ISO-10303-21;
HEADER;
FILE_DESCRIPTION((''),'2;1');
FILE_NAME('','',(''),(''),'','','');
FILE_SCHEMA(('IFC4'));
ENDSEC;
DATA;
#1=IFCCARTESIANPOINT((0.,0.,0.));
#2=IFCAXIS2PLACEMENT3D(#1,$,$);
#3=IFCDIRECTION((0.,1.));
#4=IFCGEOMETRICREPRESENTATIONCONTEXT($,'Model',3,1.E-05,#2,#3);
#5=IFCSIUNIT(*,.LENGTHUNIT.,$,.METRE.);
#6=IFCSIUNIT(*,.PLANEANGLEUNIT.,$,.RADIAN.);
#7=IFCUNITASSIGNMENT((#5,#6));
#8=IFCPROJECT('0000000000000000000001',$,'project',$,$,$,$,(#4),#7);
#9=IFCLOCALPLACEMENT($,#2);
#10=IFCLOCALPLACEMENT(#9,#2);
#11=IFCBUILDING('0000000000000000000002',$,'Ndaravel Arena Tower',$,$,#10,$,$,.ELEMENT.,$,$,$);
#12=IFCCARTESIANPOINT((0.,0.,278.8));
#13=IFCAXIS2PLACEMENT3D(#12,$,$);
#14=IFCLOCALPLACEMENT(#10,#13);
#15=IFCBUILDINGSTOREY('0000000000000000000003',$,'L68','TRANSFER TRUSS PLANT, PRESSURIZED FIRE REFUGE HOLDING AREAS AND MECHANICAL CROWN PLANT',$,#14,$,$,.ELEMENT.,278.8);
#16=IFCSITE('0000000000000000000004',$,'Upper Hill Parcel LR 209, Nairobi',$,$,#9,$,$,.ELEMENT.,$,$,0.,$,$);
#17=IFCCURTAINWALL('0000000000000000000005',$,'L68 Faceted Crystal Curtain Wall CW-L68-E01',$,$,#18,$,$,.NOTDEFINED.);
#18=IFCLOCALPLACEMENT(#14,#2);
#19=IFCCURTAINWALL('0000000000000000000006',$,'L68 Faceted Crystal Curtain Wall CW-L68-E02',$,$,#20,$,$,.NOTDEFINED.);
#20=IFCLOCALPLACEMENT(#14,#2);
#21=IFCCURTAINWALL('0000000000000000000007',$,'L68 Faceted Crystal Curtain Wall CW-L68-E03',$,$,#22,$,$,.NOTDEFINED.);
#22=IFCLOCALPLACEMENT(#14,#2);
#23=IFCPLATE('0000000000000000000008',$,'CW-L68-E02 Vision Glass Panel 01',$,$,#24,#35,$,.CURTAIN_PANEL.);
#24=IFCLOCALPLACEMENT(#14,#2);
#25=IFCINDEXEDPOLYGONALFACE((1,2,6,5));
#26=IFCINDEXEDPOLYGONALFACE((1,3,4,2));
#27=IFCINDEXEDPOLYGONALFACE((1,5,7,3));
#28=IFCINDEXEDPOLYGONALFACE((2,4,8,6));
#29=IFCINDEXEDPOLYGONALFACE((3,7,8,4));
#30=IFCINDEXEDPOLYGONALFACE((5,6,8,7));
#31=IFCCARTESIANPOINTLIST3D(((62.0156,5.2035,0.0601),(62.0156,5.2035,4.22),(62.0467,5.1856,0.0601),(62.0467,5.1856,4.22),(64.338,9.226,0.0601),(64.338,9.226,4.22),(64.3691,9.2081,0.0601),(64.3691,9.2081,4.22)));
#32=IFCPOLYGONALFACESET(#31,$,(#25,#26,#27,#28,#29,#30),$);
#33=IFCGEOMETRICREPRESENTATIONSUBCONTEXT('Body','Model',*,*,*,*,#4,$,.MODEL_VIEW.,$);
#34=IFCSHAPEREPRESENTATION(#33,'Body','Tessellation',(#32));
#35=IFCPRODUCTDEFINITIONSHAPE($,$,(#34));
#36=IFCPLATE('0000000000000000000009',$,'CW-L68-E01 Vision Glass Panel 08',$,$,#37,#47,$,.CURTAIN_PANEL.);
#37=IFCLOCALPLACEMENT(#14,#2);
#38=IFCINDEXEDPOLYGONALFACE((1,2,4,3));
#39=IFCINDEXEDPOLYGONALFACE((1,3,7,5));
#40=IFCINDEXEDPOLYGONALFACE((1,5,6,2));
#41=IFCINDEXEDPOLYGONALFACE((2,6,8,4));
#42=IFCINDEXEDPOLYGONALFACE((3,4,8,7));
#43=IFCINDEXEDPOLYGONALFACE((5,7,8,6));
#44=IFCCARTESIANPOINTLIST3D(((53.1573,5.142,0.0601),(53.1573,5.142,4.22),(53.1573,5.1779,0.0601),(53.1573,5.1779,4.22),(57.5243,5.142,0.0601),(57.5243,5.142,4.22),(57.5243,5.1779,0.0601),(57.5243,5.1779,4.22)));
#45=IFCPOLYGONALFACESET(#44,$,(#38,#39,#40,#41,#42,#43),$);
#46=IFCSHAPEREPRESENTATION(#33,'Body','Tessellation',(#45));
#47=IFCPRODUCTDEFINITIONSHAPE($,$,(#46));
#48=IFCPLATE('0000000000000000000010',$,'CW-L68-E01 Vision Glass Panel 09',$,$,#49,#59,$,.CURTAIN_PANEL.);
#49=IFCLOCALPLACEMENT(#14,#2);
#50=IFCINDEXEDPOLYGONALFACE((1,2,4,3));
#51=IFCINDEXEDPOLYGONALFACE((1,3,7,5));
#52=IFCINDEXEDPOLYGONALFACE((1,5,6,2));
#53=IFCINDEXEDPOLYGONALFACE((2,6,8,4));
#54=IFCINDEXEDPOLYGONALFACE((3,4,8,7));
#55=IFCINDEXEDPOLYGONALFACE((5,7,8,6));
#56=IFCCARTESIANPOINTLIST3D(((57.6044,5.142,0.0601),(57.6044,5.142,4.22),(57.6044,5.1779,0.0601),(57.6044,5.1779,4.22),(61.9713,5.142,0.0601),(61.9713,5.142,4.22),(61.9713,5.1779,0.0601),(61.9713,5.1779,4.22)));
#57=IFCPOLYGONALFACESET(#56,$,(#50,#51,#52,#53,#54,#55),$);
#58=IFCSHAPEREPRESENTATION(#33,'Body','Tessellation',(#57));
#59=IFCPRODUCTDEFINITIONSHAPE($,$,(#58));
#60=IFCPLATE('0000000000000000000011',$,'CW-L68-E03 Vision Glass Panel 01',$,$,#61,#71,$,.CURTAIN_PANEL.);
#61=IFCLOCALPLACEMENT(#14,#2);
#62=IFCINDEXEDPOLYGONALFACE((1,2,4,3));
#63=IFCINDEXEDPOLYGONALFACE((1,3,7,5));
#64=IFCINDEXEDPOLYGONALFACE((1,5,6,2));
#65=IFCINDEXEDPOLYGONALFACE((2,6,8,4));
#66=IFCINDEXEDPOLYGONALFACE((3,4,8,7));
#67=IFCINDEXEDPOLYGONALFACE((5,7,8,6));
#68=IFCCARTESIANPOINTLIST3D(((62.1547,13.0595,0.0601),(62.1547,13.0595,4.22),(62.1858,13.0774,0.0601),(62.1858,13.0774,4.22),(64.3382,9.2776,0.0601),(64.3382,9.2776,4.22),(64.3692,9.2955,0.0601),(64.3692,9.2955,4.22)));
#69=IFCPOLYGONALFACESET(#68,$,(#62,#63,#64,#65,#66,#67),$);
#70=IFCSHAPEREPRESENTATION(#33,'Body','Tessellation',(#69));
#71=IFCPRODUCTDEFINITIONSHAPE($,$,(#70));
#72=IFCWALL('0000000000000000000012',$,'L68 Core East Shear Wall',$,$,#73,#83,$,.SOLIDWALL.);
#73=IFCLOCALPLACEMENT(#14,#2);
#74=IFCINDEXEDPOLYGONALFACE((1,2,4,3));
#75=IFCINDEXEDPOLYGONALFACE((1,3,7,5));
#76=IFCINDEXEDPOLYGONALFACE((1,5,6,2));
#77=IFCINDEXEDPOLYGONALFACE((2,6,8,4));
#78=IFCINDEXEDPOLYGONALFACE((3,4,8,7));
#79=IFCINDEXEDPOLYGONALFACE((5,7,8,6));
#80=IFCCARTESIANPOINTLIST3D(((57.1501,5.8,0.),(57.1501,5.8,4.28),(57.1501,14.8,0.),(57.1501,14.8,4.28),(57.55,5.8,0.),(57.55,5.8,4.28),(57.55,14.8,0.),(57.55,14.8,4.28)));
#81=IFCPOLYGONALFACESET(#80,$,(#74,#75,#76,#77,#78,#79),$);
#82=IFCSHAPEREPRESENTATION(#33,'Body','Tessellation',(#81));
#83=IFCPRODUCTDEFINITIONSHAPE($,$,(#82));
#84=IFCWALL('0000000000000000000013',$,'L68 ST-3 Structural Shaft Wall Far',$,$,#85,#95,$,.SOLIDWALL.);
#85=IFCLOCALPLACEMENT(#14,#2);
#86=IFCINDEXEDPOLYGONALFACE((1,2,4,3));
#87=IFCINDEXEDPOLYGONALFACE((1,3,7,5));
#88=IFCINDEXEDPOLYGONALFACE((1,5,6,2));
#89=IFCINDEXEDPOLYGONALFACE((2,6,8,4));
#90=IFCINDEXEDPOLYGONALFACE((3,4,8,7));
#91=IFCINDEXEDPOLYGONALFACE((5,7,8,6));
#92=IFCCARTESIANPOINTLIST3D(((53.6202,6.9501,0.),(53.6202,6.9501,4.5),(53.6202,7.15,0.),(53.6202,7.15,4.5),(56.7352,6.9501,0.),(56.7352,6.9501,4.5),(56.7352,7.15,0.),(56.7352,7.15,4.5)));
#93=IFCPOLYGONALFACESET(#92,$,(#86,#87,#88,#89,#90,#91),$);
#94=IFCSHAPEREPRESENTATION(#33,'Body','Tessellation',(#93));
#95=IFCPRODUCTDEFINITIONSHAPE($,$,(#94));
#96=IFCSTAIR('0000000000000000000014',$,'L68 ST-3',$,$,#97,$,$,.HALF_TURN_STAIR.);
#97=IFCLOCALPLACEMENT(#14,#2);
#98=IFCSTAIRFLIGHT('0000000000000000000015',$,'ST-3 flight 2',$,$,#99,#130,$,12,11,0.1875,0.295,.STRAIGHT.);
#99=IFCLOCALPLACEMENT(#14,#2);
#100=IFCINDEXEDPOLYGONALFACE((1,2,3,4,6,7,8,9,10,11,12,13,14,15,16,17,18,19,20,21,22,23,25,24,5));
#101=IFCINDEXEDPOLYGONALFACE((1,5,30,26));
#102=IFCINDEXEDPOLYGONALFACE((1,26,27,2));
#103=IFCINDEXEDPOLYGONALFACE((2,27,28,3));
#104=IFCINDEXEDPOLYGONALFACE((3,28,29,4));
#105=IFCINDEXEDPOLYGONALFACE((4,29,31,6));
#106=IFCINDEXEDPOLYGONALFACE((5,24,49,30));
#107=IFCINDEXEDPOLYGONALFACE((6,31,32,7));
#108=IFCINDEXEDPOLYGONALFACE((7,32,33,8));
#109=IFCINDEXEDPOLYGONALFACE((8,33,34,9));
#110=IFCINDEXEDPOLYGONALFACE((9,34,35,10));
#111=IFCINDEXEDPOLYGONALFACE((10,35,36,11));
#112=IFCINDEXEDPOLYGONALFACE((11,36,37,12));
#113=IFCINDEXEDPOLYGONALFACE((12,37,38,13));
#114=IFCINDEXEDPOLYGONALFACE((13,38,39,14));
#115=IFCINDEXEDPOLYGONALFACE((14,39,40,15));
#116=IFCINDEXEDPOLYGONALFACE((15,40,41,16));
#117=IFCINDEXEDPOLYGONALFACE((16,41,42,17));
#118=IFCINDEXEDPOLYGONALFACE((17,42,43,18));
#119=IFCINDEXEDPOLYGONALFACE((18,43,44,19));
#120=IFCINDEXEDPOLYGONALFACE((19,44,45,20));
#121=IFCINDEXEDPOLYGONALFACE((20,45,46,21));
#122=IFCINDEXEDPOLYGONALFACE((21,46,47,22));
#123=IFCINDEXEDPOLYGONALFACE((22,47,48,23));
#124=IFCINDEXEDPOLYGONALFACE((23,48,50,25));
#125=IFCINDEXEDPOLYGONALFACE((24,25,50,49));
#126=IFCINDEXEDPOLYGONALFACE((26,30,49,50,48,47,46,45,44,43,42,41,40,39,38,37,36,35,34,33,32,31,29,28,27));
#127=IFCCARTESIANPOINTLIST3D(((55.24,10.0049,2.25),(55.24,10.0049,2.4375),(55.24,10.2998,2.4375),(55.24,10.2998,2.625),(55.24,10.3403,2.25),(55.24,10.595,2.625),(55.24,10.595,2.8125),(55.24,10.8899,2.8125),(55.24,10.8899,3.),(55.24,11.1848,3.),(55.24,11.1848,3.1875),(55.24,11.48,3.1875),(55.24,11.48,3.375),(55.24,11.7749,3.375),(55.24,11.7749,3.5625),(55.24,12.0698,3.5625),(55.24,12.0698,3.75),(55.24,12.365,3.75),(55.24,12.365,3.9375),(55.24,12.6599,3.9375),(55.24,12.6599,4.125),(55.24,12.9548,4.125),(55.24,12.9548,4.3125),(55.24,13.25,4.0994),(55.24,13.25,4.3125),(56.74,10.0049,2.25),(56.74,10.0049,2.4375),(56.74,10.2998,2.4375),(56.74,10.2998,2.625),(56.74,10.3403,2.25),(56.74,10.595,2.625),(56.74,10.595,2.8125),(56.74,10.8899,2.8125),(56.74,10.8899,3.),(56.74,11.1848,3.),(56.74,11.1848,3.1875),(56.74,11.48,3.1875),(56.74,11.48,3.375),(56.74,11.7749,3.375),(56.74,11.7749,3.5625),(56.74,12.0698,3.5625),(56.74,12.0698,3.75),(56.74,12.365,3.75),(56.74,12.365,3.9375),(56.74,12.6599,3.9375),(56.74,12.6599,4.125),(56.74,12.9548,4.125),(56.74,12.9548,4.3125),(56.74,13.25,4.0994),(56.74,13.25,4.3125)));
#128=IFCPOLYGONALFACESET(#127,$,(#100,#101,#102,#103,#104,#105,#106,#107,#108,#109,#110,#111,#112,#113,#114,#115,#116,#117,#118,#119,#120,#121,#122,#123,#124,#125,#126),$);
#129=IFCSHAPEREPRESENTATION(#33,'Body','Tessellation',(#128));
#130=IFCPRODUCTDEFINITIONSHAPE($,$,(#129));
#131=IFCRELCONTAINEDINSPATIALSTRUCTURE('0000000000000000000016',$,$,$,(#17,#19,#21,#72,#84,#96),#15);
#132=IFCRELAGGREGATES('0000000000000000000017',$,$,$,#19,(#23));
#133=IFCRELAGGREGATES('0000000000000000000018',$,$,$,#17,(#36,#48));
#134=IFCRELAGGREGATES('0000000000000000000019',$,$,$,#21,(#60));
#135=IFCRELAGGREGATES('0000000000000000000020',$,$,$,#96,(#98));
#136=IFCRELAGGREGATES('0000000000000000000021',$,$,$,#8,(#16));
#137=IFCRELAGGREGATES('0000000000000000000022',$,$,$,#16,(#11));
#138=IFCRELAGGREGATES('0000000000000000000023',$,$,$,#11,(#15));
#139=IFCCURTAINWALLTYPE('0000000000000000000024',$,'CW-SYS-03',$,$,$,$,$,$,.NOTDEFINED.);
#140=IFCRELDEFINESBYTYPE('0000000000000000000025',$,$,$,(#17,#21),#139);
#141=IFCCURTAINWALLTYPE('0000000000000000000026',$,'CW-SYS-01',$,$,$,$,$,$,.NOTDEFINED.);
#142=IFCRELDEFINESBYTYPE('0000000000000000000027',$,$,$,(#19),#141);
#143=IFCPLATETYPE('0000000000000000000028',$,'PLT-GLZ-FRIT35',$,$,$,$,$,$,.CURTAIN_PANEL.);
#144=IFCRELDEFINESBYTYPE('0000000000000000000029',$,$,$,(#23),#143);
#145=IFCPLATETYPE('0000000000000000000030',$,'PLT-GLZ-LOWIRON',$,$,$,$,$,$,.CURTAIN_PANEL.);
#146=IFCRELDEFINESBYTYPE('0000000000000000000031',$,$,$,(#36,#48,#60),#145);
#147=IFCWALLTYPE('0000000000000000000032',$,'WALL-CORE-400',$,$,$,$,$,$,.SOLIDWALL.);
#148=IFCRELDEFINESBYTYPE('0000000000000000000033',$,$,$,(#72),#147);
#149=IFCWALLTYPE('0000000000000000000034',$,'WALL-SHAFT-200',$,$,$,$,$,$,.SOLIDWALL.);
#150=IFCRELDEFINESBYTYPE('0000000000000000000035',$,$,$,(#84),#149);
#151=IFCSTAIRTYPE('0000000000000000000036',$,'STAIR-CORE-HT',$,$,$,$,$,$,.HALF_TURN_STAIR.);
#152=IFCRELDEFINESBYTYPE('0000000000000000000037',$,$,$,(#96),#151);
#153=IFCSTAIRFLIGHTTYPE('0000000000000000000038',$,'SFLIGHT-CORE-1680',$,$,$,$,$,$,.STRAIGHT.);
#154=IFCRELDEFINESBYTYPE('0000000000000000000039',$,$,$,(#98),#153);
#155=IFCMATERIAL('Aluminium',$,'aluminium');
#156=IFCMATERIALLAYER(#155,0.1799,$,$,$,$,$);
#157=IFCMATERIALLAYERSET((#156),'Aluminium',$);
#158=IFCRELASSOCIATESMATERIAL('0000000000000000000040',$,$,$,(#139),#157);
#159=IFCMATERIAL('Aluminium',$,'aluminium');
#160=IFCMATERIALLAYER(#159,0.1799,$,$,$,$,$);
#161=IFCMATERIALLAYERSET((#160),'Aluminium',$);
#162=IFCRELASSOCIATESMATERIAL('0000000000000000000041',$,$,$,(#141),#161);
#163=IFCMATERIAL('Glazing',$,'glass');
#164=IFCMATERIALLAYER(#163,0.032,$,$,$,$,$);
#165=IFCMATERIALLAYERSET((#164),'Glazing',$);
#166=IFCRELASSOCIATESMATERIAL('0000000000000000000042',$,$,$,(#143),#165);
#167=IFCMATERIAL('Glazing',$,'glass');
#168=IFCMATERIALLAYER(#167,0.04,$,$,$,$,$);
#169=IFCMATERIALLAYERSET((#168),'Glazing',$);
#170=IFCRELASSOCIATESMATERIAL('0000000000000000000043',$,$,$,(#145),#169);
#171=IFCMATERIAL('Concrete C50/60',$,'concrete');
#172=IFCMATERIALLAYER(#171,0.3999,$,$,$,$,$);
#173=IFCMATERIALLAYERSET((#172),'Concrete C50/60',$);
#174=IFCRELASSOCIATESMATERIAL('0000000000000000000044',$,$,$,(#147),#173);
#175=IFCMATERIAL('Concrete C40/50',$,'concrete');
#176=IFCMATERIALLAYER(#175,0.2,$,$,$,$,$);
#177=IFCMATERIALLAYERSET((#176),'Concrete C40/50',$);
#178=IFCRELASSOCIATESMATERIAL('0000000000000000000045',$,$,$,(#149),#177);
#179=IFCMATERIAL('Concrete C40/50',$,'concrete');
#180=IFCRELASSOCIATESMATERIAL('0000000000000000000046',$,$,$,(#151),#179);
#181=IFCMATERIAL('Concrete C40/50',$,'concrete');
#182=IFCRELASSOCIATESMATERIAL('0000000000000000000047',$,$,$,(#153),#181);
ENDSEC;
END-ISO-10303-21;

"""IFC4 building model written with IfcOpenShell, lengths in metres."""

from ifc_helpers import new_model, si_unit, direction, frame, frame_2d, origin, origin_2d, place, context, subcontext, project, spatial, polyline, rectangle, outline, extrude, material, layer, layer_set, type_object, element, aggregate, save


model = new_model("IFC4")

# Units and contexts
model_context = context("Model", 3, precision=1e-05, world=origin(), true_north=direction((0.0, 1.0)))
body_context = subcontext(model_context, "Body", "Model", "MODEL_VIEW")
ifc_project = project(units=[si_unit("LENGTHUNIT", "METRE"), si_unit("PLANEANGLEUNIT", "RADIAN")], contexts=[model_context])

# Site, building, storey
site_placement = place(None, origin())
site = spatial("IfcSite", under=ifc_project, at=site_placement, Name="Upper Hill Parcel LR 209, Nairobi", CompositionType="ELEMENT", RefElevation=0.0)
building_placement = place(site_placement, origin())
building = spatial("IfcBuilding", under=site, at=building_placement, Name="Ndaravel Arena Tower", CompositionType="ELEMENT")
storey_placement = place(building_placement, frame((0.0, 0.0, 278.8)))
storey = spatial("IfcBuildingStorey", under=building, at=storey_placement, Name="L68", Description="TRANSFER TRUSS PLANT, PRESSURIZED FIRE REFUGE HOLDING AREAS AND MECHANICAL CROWN PLANT", CompositionType="ELEMENT", Elevation=278.8)

# Curtain wall
ifc_material_1 = material(Name="Aluminium", Category="aluminium")
ifc_layer_1 = layer(ifc_material_1, 0.1799)
ifc_layer_set_1 = layer_set([ifc_layer_1], Name="Aluminium")
curtain_wall_type_1 = type_object("IfcCurtainWallType", Name="CW-SYS-03", PredefinedType="NOTDEFINED", material=ifc_layer_set_1)
curtain_wall_1_placement = place(storey_placement, origin())
curtain_wall_1 = element("IfcCurtainWall", 1, at=curtain_wall_1_placement, inside=storey, type_object=curtain_wall_type_1, Name="L68 Faceted Crystal Curtain Wall CW-L68-E01", PredefinedType="NOTDEFINED")

# Curtain walls
ifc_material_2 = material(Name="Aluminium", Category="aluminium")
ifc_layer_2 = layer(ifc_material_2, 0.1799)
ifc_layer_set_2 = layer_set([ifc_layer_2], Name="Aluminium")
curtain_wall_type_2 = type_object("IfcCurtainWallType", Name="CW-SYS-01", PredefinedType="NOTDEFINED", material=ifc_layer_set_2)
curtain_wall_2_placement = place(storey_placement, origin())
curtain_wall_2 = element("IfcCurtainWall", 2, at=curtain_wall_2_placement, inside=storey, type_object=curtain_wall_type_2, Name="L68 Faceted Crystal Curtain Wall CW-L68-E02", PredefinedType="NOTDEFINED")
curtain_wall_3_placement = place(storey_placement, origin())
curtain_wall_3 = element("IfcCurtainWall", 3, at=curtain_wall_3_placement, inside=storey, type_object=curtain_wall_type_1, Name="L68 Faceted Crystal Curtain Wall CW-L68-E03", PredefinedType="NOTDEFINED")

# Plates
ifc_material_3 = material(Name="Glazing", Category="glass")
ifc_layer_3 = layer(ifc_material_3, 0.032)
ifc_layer_set_3 = layer_set([ifc_layer_3], Name="Glazing")
plate_type_1 = type_object("IfcPlateType", Name="PLT-GLZ-FRIT35", PredefinedType="CURTAIN_PANEL", material=ifc_layer_set_3)
plate_1_placement = place(storey_placement, frame((63.1924, 7.2058, 0.0601), z_axis=(0.0, 0.0, 1.0), x_axis=(0.5, 0.866025, 0.0)))
plate_1 = element("IfcPlate", 4, at=plate_1_placement, type_object=plate_type_1, Name="CW-L68-E02 Vision Glass Panel 01", PredefinedType="CURTAIN_PANEL", context=body_context, shape_type="SweptSolid", body=[
    extrude(rectangle(XDim=4.6448, YDim=0.0359, at=origin_2d()), origin(), (0.0, 0.0, 1.0), 4.1599),
])
aggregate(curtain_wall_2, [plate_1])
ifc_material_4 = material(Name="Glazing", Category="glass")
ifc_layer_4 = layer(ifc_material_4, 0.04)
ifc_layer_set_4 = layer_set([ifc_layer_4], Name="Glazing")
plate_type_2 = type_object("IfcPlateType", Name="PLT-GLZ-LOWIRON", PredefinedType="CURTAIN_PANEL", material=ifc_layer_set_4)
plate_2_placement = place(storey_placement, frame((55.3408, 5.1599, 0.0601), z_axis=(0.0, 0.0, 1.0), x_axis=(1.0, 0.0, 0.0)))
plate_2 = element("IfcPlate", 5, at=plate_2_placement, type_object=plate_type_2, Name="CW-L68-E01 Vision Glass Panel 08", PredefinedType="CURTAIN_PANEL", context=body_context, shape_type="SweptSolid", body=[
    extrude(rectangle(XDim=4.3669, YDim=0.0359, at=origin_2d()), origin(), (0.0, 0.0, 1.0), 4.1599),
])
plate_3_placement = place(storey_placement, frame((59.7878, 5.1599, 0.0601), z_axis=(0.0, 0.0, 1.0), x_axis=(1.0, 0.0, 0.0)))
plate_3 = element("IfcPlate", 6, at=plate_3_placement, type_object=plate_type_2, Name="CW-L68-E01 Vision Glass Panel 09", PredefinedType="CURTAIN_PANEL", context=body_context, shape_type="SweptSolid", body=[
    extrude(rectangle(XDim=4.3669, YDim=0.0359, at=origin_2d()), origin(), (0.0, 0.0, 1.0), 4.1599),
])
aggregate(curtain_wall_1, [plate_2, plate_3])
plate_4_placement = place(storey_placement, frame((63.262, 11.1775, 0.0601), z_axis=(0.0, 0.0, 1.0), x_axis=(-0.5, 0.866025, 0.0)))
plate_4 = element("IfcPlate", 7, at=plate_4_placement, type_object=plate_type_2, Name="CW-L68-E03 Vision Glass Panel 01", PredefinedType="CURTAIN_PANEL", context=body_context, shape_type="SweptSolid", body=[
    extrude(rectangle(XDim=4.3669, YDim=0.0359, at=origin_2d()), origin(), (0.0, 0.0, 1.0), 4.1599),
])
aggregate(curtain_wall_3, [plate_4])

# Walls
ifc_material_5 = material(Name="Concrete C50/60", Category="concrete")
ifc_layer_5 = layer(ifc_material_5, 0.3999)
ifc_layer_set_5 = layer_set([ifc_layer_5], Name="Concrete C50/60")
wall_type_1 = type_object("IfcWallType", Name="WALL-CORE-400", PredefinedType="SOLIDWALL", material=ifc_layer_set_5)
wall_1_placement = place(storey_placement, frame((57.3501, 5.8, 0.0), z_axis=(0.0, 0.0, 1.0), x_axis=(0.0, 1.0, 0.0)))
element("IfcWall", 8, at=wall_1_placement, inside=storey, type_object=wall_type_1, Name="L68 Core East Shear Wall", PredefinedType="SOLIDWALL", context=body_context, shape_type="SweptSolid", body=[
    extrude(rectangle(XDim=9.0, YDim=0.3999, at=frame_2d((4.5, 0.0))), origin(), (0.0, 0.0, 1.0), 4.28),
])
ifc_material_6 = material(Name="Concrete C40/50", Category="concrete")
ifc_layer_6 = layer(ifc_material_6, 0.2)
ifc_layer_set_6 = layer_set([ifc_layer_6], Name="Concrete C40/50")
wall_type_2 = type_object("IfcWallType", Name="WALL-SHAFT-200", PredefinedType="SOLIDWALL", material=ifc_layer_set_6)
wall_2_placement = place(storey_placement, frame((53.6201, 7.05, 0.0), z_axis=(0.0, 0.0, 1.0), x_axis=(1.0, 0.0, 0.0)))
element("IfcWall", 9, at=wall_2_placement, inside=storey, type_object=wall_type_2, Name="L68 ST-3 Structural Shaft Wall Far", PredefinedType="SOLIDWALL", context=body_context, shape_type="SweptSolid", body=[
    extrude(rectangle(XDim=3.115, YDim=0.2, at=frame_2d((1.5576, 0.0))), origin(), (0.0, 0.0, 1.0), 4.5),
])

# Stair, stair flight
ifc_material_7 = material(Name="Concrete C40/50", Category="concrete")
stair_type = type_object("IfcStairType", Name="STAIR-CORE-HT", PredefinedType="HALF_TURN_STAIR", material=ifc_material_7)
stair_placement = place(storey_placement, origin())
stair = element("IfcStair", 10, at=stair_placement, inside=storey, type_object=stair_type, Name="L68 ST-3", PredefinedType="HALF_TURN_STAIR")
ifc_material_8 = material(Name="Concrete C40/50", Category="concrete")
stair_flight_type = type_object("IfcStairFlightType", Name="SFLIGHT-CORE-1680", PredefinedType="STRAIGHT", material=ifc_material_8)
stair_flight_placement = place(storey_placement, frame((55.99, 10.0049, 2.25), z_axis=(0.0, 0.0, 1.0), x_axis=(0.0, 1.0, 0.0)))
stair_flight = element("IfcStairFlight", 11, at=stair_flight_placement, type_object=stair_flight_type, Name="ST-3 flight 2", NumberOfRisers=12, NumberOfTreads=11, PredefinedType="STRAIGHT", RiserHeight=0.1875, TreadLength=0.295, context=body_context, shape_type="SweptSolid", body=[
    extrude(outline(polyline([(0.0, 0.0), (0.0, 0.1875), (0.2949, 0.1875), (0.2949, 0.375), (0.5901, 0.375), (0.5901, 0.5625), (0.885, 0.5625), (0.885, 0.75), (1.1799, 0.75), (1.1799, 0.9375), (1.4751, 0.9375), (1.4751, 1.125), (1.77, 1.125), (1.77, 1.3125), (2.0649, 1.3125), (2.0649, 1.5), (2.3601, 1.5), (2.3601, 1.6875), (2.655, 1.6875), (2.655, 1.875), (2.95, 1.875), (2.95, 2.0625), (3.2451, 2.0625), (3.2451, 2.25), (3.2451, 1.8494), (0.3354, 0.0), (0.0, 0.0)])), frame((0.0, 0.75, 0.0), z_axis=(0.0, -1.0, 0.0), x_axis=(1.0, 0.0, 0.0)), (0.0, 0.0, 1.0), 1.5),
])
aggregate(stair, [stair_flight])

save(model, "model.ifc")
